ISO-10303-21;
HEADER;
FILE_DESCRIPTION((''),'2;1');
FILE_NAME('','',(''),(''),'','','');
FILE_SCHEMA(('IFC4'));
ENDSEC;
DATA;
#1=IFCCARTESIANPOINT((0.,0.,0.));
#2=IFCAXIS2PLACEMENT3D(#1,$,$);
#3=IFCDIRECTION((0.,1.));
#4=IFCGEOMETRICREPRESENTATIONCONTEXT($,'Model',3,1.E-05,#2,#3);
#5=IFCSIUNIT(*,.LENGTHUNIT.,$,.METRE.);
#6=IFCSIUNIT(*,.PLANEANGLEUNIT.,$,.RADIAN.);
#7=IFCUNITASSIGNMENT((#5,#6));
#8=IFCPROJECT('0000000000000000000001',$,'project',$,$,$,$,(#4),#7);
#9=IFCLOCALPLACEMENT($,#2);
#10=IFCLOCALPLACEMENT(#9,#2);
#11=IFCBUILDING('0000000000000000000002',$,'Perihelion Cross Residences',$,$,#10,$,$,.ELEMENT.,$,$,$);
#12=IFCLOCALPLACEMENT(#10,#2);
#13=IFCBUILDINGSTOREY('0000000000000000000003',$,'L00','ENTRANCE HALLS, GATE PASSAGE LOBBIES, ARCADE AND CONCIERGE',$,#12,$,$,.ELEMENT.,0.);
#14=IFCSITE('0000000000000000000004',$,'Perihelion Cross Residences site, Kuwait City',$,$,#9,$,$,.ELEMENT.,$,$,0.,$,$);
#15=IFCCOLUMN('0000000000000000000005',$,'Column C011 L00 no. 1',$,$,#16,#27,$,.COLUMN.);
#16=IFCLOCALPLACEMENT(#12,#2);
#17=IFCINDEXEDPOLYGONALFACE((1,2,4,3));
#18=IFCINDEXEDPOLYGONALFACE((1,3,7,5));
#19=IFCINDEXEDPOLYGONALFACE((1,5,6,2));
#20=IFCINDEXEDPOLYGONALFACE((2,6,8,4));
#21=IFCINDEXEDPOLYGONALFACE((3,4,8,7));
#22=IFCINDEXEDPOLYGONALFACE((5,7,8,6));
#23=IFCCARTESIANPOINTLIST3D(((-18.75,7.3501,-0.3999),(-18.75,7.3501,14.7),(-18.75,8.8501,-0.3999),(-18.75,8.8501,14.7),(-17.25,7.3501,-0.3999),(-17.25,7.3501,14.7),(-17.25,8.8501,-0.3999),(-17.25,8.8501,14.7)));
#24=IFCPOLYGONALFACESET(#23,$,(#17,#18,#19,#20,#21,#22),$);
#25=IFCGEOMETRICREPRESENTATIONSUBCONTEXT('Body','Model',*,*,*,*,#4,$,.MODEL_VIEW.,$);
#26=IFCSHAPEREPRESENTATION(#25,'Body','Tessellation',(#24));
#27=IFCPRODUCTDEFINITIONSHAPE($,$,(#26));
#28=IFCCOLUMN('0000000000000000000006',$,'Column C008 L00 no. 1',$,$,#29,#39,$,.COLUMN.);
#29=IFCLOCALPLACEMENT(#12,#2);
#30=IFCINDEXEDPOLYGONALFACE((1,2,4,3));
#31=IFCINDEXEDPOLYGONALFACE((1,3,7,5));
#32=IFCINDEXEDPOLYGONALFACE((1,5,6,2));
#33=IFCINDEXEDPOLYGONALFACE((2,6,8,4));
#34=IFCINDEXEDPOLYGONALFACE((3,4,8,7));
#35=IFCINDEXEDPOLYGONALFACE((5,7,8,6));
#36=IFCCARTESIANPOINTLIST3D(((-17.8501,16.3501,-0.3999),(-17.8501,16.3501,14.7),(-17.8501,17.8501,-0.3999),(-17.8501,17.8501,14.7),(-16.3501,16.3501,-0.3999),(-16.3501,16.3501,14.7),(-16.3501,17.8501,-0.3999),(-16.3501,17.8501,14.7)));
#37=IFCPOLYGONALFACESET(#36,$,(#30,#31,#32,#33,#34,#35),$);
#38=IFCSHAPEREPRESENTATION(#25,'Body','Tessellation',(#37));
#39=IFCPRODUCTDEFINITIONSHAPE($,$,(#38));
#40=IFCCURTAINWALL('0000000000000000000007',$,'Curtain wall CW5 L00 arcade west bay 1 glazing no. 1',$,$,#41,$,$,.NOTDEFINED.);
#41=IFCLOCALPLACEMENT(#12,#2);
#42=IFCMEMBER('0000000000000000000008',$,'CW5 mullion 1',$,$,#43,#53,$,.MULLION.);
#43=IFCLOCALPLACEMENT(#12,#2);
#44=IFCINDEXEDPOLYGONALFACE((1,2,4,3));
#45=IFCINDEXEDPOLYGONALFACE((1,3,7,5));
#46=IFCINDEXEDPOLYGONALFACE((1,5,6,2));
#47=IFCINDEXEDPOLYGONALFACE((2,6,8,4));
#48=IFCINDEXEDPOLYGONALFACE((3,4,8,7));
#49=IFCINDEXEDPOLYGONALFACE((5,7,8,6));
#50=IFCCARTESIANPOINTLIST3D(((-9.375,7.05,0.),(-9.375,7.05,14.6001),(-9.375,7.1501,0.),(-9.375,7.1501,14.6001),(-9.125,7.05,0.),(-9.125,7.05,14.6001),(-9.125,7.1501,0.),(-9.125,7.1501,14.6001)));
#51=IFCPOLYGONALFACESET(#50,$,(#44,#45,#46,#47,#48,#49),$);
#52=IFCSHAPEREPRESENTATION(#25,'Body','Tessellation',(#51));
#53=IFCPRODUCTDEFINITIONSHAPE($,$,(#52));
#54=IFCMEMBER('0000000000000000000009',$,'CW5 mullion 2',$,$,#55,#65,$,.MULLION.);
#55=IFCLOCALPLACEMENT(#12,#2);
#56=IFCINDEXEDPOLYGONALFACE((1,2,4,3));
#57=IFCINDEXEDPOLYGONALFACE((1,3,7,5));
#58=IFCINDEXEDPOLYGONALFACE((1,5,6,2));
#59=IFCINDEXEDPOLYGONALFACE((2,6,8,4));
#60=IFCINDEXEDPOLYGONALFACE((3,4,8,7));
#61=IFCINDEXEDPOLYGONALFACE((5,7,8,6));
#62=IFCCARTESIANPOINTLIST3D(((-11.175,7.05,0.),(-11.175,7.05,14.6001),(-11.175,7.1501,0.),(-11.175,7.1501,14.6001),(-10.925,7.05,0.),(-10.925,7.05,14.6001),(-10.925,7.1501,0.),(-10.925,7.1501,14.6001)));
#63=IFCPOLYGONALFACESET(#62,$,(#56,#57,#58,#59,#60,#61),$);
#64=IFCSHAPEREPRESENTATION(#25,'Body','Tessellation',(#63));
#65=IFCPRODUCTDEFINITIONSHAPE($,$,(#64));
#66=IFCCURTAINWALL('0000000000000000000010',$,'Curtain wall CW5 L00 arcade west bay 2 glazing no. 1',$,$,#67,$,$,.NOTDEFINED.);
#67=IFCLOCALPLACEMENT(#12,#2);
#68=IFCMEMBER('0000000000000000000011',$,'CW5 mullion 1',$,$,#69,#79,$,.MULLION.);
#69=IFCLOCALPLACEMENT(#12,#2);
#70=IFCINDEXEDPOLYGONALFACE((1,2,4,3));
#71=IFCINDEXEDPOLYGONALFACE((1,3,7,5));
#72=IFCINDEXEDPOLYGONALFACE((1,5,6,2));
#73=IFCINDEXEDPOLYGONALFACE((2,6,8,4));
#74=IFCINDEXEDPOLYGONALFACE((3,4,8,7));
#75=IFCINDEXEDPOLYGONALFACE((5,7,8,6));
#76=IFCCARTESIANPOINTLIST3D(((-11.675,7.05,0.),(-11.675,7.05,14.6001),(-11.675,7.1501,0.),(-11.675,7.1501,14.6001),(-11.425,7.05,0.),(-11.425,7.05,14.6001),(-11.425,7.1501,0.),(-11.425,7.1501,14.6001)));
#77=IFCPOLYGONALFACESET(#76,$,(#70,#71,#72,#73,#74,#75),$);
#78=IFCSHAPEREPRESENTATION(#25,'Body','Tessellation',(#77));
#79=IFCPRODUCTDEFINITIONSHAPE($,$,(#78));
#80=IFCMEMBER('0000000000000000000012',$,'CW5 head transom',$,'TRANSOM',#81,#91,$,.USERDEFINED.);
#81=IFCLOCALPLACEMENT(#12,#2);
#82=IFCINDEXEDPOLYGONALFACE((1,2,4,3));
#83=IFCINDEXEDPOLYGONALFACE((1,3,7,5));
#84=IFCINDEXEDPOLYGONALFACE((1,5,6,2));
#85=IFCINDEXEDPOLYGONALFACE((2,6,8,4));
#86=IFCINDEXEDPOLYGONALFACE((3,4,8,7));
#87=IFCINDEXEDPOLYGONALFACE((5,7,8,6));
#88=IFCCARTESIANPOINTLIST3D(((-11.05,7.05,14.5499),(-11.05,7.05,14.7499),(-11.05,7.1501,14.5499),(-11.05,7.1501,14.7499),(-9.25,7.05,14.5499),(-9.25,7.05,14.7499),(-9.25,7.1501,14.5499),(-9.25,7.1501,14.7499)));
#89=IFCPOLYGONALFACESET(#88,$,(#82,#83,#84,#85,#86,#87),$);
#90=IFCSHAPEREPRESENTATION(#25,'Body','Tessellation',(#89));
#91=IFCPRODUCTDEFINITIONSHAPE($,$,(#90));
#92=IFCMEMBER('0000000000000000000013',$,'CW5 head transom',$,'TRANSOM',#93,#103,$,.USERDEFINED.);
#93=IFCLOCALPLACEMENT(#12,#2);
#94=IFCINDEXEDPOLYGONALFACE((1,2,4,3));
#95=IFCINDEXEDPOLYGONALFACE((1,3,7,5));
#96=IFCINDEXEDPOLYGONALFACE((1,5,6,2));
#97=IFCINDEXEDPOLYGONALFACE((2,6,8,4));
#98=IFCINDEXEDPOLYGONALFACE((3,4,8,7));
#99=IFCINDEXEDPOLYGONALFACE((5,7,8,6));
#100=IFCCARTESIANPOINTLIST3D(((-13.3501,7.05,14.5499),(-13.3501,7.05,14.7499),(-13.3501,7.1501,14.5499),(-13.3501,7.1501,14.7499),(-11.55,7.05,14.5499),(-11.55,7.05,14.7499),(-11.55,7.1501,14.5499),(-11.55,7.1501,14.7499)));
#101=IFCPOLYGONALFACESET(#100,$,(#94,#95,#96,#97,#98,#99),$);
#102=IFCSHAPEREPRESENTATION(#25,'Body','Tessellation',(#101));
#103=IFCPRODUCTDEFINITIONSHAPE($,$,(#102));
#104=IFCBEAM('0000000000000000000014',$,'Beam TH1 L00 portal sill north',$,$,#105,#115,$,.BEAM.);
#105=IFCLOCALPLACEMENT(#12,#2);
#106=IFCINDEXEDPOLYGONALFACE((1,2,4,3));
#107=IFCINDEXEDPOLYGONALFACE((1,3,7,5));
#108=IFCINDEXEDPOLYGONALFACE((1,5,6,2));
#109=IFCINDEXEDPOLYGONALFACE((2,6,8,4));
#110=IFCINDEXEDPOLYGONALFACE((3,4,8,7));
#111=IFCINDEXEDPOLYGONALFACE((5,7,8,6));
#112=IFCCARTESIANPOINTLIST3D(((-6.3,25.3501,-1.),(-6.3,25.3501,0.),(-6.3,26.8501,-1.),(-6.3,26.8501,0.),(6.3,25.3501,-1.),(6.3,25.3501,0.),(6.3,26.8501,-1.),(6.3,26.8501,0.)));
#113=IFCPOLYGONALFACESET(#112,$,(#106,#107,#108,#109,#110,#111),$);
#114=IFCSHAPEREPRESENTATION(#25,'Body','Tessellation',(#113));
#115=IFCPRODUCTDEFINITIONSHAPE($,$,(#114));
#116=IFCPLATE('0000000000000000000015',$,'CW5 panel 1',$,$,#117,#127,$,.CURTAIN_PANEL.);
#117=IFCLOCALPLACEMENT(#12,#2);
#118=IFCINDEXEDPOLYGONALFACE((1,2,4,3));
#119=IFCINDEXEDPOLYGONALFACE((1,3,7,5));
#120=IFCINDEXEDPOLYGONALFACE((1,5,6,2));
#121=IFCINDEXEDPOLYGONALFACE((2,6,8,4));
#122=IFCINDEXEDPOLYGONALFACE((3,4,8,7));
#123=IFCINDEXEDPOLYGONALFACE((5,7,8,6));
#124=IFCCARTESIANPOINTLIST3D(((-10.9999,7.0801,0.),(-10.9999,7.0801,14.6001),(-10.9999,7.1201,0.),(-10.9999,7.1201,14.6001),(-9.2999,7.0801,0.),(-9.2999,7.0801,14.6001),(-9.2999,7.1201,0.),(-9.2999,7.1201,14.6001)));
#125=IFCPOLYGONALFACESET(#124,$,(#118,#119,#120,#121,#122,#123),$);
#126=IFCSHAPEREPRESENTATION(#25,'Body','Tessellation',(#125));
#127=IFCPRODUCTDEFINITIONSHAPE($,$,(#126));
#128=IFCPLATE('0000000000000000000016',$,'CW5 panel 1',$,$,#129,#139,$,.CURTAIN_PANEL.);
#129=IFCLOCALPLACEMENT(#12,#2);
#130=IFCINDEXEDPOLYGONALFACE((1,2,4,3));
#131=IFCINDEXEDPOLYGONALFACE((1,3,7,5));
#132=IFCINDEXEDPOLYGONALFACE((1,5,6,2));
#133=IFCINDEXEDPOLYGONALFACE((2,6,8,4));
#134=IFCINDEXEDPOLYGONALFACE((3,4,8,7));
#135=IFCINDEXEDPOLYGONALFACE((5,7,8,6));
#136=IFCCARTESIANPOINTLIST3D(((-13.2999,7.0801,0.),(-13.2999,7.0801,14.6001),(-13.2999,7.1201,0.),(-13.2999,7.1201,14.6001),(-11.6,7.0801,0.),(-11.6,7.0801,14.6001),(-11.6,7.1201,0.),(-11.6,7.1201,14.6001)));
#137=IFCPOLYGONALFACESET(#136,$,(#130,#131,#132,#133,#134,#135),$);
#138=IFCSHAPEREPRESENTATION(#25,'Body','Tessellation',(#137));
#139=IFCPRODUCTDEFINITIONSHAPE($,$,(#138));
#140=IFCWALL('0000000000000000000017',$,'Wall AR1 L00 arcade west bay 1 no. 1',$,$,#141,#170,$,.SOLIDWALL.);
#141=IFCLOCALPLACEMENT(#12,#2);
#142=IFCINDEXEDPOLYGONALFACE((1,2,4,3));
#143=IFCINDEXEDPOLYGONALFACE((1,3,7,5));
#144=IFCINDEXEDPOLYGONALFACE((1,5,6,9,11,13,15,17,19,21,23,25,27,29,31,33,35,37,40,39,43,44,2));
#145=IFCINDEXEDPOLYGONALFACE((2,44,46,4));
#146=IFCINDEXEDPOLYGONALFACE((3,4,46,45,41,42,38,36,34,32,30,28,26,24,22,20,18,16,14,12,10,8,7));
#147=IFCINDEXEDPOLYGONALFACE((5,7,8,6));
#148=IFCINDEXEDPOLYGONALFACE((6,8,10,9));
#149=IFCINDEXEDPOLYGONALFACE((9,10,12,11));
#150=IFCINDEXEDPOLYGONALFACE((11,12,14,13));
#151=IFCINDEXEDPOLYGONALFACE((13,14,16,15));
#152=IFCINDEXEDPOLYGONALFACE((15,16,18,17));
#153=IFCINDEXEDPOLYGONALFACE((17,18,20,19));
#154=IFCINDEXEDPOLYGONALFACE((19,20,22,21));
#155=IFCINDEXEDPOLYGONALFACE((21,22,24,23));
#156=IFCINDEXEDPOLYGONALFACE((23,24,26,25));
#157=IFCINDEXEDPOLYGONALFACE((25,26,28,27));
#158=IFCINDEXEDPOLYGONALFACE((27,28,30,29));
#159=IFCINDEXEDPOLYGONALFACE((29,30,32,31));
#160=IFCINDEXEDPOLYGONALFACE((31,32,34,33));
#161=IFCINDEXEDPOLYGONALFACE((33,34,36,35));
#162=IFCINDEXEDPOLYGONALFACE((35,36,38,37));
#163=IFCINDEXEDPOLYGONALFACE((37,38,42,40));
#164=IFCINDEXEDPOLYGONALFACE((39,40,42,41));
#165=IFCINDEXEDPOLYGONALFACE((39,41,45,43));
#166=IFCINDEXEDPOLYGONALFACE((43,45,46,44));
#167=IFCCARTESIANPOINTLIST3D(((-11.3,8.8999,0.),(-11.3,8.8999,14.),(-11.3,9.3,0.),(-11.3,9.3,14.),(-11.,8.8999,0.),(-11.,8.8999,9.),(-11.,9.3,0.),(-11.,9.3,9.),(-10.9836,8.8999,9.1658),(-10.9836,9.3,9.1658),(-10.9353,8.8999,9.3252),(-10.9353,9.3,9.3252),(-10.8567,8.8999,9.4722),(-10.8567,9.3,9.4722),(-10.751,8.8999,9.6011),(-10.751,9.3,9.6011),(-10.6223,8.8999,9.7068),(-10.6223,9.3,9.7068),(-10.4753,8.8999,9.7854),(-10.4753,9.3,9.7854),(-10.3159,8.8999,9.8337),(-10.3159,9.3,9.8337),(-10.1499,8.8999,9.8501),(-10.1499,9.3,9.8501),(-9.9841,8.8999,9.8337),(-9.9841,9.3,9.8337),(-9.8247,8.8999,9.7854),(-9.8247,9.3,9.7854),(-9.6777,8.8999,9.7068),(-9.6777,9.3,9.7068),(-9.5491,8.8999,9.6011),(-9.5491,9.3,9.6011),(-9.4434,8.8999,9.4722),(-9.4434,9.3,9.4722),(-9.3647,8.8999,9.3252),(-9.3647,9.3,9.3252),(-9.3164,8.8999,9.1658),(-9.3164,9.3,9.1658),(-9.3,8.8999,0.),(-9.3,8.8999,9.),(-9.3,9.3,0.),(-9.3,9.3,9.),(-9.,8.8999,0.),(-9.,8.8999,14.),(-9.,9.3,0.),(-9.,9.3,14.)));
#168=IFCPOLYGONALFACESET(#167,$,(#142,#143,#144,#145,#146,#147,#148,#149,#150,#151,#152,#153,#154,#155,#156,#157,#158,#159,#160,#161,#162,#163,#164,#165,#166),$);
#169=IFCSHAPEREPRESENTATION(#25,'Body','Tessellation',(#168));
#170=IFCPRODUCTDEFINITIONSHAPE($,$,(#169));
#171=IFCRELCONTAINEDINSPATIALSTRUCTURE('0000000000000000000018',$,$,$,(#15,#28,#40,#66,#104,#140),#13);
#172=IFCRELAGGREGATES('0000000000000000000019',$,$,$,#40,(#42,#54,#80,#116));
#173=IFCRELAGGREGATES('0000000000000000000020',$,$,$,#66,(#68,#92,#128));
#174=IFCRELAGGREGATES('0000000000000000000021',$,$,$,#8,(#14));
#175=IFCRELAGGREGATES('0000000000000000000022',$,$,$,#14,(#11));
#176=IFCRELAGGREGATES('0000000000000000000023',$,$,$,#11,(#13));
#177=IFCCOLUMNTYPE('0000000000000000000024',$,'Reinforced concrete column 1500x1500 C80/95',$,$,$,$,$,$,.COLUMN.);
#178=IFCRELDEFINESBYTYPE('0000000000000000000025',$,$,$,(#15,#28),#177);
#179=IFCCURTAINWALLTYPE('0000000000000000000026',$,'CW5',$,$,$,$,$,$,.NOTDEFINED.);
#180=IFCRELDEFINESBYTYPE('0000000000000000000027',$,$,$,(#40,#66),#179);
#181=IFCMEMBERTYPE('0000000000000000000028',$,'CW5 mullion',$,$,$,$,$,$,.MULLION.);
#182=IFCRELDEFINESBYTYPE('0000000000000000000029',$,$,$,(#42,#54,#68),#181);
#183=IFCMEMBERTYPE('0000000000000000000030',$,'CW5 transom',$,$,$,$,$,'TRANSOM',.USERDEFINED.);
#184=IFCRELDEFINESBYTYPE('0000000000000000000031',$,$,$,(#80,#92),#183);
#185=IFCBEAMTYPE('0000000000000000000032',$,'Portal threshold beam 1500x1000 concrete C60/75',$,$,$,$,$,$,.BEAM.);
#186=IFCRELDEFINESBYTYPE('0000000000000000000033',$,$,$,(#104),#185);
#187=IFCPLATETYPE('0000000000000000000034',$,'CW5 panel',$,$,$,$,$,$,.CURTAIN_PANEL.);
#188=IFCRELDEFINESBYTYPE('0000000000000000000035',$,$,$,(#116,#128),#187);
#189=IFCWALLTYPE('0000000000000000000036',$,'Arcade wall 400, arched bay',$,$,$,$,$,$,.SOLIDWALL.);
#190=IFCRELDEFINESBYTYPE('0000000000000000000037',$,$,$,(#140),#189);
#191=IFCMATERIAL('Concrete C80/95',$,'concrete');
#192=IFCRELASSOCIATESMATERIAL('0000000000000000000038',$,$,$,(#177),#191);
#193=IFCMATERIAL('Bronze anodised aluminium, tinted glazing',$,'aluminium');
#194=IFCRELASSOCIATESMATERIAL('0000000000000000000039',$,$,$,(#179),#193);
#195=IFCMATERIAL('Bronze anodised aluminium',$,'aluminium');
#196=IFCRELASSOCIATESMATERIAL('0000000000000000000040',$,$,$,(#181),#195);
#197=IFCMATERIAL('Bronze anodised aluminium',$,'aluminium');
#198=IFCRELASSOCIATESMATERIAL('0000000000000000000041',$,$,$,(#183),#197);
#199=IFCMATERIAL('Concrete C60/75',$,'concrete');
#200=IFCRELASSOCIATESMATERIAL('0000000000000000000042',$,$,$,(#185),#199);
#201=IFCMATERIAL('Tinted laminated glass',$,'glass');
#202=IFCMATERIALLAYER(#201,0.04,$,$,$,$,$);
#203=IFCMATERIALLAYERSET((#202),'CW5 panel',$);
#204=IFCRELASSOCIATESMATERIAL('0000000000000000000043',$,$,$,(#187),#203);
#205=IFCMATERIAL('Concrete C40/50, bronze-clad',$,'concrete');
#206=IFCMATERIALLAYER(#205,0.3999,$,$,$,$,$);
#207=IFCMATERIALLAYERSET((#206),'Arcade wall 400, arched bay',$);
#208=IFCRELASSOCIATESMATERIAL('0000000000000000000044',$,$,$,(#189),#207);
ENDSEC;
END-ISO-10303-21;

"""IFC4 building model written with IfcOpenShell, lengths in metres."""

from ifc_helpers import new_model, si_unit, direction, frame, origin, origin_2d, place, context, subcontext, project, spatial, polyline, rectangle, outline, extrude, material, layer, layer_set, material_profile, profile_set, type_object, element, aggregate, save


model = new_model("IFC4")

# Units and contexts
model_context = context("Model", 3, precision=1e-05, world=origin(), true_north=direction((0.0, 1.0)))
body_context = subcontext(model_context, "Body", "Model", "MODEL_VIEW")
ifc_project = project(units=[si_unit("LENGTHUNIT", "METRE"), si_unit("PLANEANGLEUNIT", "RADIAN")], contexts=[model_context])

# Site, building, storey
site_placement = place(None, origin())
site = spatial("IfcSite", under=ifc_project, at=site_placement, Name="Perihelion Cross Residences site, Kuwait City", CompositionType="ELEMENT", RefElevation=0.0)
building_placement = place(site_placement, origin())
building = spatial("IfcBuilding", under=site, at=building_placement, Name="Perihelion Cross Residences", CompositionType="ELEMENT")
storey_placement = place(building_placement, origin())
storey = spatial("IfcBuildingStorey", under=building, at=storey_placement, Name="L00", Description="ENTRANCE HALLS, GATE PASSAGE LOBBIES, ARCADE AND CONCIERGE", CompositionType="ELEMENT", Elevation=0.0)

# Columns
ifc_material_1 = material(Name="Concrete C80/95", Category="concrete")
ifc_material_profile_1 = material_profile(ifc_material_1, rectangle(XDim=1.5, YDim=1.5, at=origin_2d()), Name="RC 1500x1500")
ifc_profile_set_1 = profile_set([ifc_material_profile_1], Name="Concrete C80/95")
column_type = type_object("IfcColumnType", Name="Reinforced concrete column 1500x1500 C80/95", PredefinedType="COLUMN", material=ifc_profile_set_1)
for number, where, z_axis, x_axis, name in (
    (1, (-18.0, 8.1001, -0.3999), (0.0, 0.0, 1.0), (1.0, 0.0, 0.0), "Column C011 L00 no. 1"),
    (2, (-17.1001, 17.1001, -0.3999), (0.0, 0.0, 1.0), (1.0, 0.0, 0.0), "Column C008 L00 no. 1"),
):
    element("IfcColumn", number, at=place(storey_placement, frame(where, z_axis=z_axis, x_axis=x_axis)), inside=storey, type_object=column_type, Name=name, PredefinedType="COLUMN", context=body_context, shape_type="SweptSolid", body=[
        extrude(rectangle(XDim=1.5, YDim=1.5, at=origin_2d()), origin(), (0.0, 0.0, 1.0), 15.0999),
    ])

# Curtain wall, members
ifc_material_2 = material(Name="Bronze anodised aluminium, tinted glazing", Category="aluminium")
curtain_wall_type = type_object("IfcCurtainWallType", Name="CW5", PredefinedType="NOTDEFINED", material=ifc_material_2)
curtain_wall_1_placement = place(storey_placement, origin())
curtain_wall_1 = element("IfcCurtainWall", 3, at=curtain_wall_1_placement, inside=storey, type_object=curtain_wall_type, Name="Curtain wall CW5 L00 arcade west bay 1 glazing no. 1", PredefinedType="NOTDEFINED")
ifc_material_3 = material(Name="Bronze anodised aluminium", Category="aluminium")
ifc_material_profile_2 = material_profile(ifc_material_3, rectangle(XDim=0.1001, YDim=0.25, at=origin_2d()), Name="CW5 mullion")
ifc_profile_set_2 = profile_set([ifc_material_profile_2], Name="Bronze anodised aluminium")
member_type_1 = type_object("IfcMemberType", Name="CW5 mullion", PredefinedType="MULLION", material=ifc_profile_set_2)
member_1_placement = place(storey_placement, frame((-9.25, 7.1001, 0.0), z_axis=(0.0, 0.0, 1.0), x_axis=(0.0, -1.0, 0.0)))
member_1 = element("IfcMember", 4, at=member_1_placement, type_object=member_type_1, Name="CW5 mullion 1", PredefinedType="MULLION", context=body_context, shape_type="SweptSolid", body=[
    extrude(rectangle(XDim=0.1001, YDim=0.25, at=origin_2d()), origin(), (0.0, 0.0, 1.0), 14.6001),
])
member_2_placement = place(storey_placement, frame((-11.05, 7.1001, 0.0), z_axis=(0.0, 0.0, 1.0), x_axis=(0.0, -1.0, 0.0)))
member_2 = element("IfcMember", 5, at=member_2_placement, type_object=member_type_1, Name="CW5 mullion 2", PredefinedType="MULLION", context=body_context, shape_type="SweptSolid", body=[
    extrude(rectangle(XDim=0.1001, YDim=0.25, at=origin_2d()), origin(), (0.0, 0.0, 1.0), 14.6001),
])

# Curtain wall, member
curtain_wall_2_placement = place(storey_placement, origin())
curtain_wall_2 = element("IfcCurtainWall", 6, at=curtain_wall_2_placement, inside=storey, type_object=curtain_wall_type, Name="Curtain wall CW5 L00 arcade west bay 2 glazing no. 1", PredefinedType="NOTDEFINED")
member_3_placement = place(storey_placement, frame((-11.55, 7.1001, 0.0), z_axis=(0.0, 0.0, 1.0), x_axis=(0.0, -1.0, 0.0)))
member_3 = element("IfcMember", 7, at=member_3_placement, type_object=member_type_1, Name="CW5 mullion 1", PredefinedType="MULLION", context=body_context, shape_type="SweptSolid", body=[
    extrude(rectangle(XDim=0.1001, YDim=0.25, at=origin_2d()), origin(), (0.0, 0.0, 1.0), 14.6001),
])

# Members
ifc_material_4 = material(Name="Bronze anodised aluminium", Category="aluminium")
ifc_material_profile_3 = material_profile(ifc_material_4, rectangle(XDim=0.1001, YDim=0.2, at=origin_2d()), Name="CW5 transom")
ifc_profile_set_3 = profile_set([ifc_material_profile_3], Name="Bronze anodised aluminium")
member_type_2 = type_object("IfcMemberType", Name="CW5 transom", ElementType="TRANSOM", PredefinedType="USERDEFINED", material=ifc_profile_set_3)
member_4_placement = place(storey_placement, frame((-9.25, 7.1001, 14.6499), z_axis=(-1.0, 0.0, 0.0), x_axis=(0.0, -1.0, 0.0)))
member_4 = element("IfcMember", 8, at=member_4_placement, type_object=member_type_2, Name="CW5 head transom", ObjectType="TRANSOM", PredefinedType="USERDEFINED", context=body_context, shape_type="SweptSolid", body=[
    extrude(rectangle(XDim=0.1001, YDim=0.2, at=origin_2d()), origin(), (0.0, 0.0, 1.0), 1.8),
])
member_5_placement = place(storey_placement, frame((-11.55, 7.1001, 14.6499), z_axis=(-1.0, 0.0, 0.0), x_axis=(0.0, -1.0, 0.0)))
member_5 = element("IfcMember", 9, at=member_5_placement, type_object=member_type_2, Name="CW5 head transom", ObjectType="TRANSOM", PredefinedType="USERDEFINED", context=body_context, shape_type="SweptSolid", body=[
    extrude(rectangle(XDim=0.1001, YDim=0.2, at=origin_2d()), origin(), (0.0, 0.0, 1.0), 1.8),
])

# Beam
ifc_material_5 = material(Name="Concrete C60/75", Category="concrete")
ifc_material_profile_4 = material_profile(ifc_material_5, rectangle(XDim=1.5, YDim=1.0, at=origin_2d()), Name="RC 1500x1000")
ifc_profile_set_4 = profile_set([ifc_material_profile_4], Name="Concrete C60/75")
beam_type = type_object("IfcBeamType", Name="Portal threshold beam 1500x1000 concrete C60/75", PredefinedType="BEAM", material=ifc_profile_set_4)
beam_placement = place(storey_placement, frame((-6.3, 26.1001, -0.5), z_axis=(1.0, 0.0, 0.0), x_axis=(0.0, 1.0, 0.0)))
element("IfcBeam", 10, at=beam_placement, inside=storey, type_object=beam_type, Name="Beam TH1 L00 portal sill north", PredefinedType="BEAM", context=body_context, shape_type="SweptSolid", body=[
    extrude(rectangle(XDim=1.5, YDim=1.0, at=origin_2d()), origin(), (0.0, 0.0, 1.0), 12.6001),
])

# Plates
ifc_material_6 = material(Name="Tinted laminated glass", Category="glass")
ifc_layer_1 = layer(ifc_material_6, 0.04)
ifc_layer_set_1 = layer_set([ifc_layer_1], Name="CW5 panel")
plate_type = type_object("IfcPlateType", Name="CW5 panel", PredefinedType="CURTAIN_PANEL", material=ifc_layer_set_1)
plate_1_placement = place(storey_placement, frame((-10.1499, 7.1001, 0.0), z_axis=(0.0, 0.0, 1.0), x_axis=(-1.0, 0.0, 0.0)))
plate_1 = element("IfcPlate", 11, at=plate_1_placement, type_object=plate_type, Name="CW5 panel 1", PredefinedType="CURTAIN_PANEL", context=body_context, shape_type="SweptSolid", body=[
    extrude(rectangle(XDim=1.7, YDim=0.04, at=origin_2d()), origin(), (0.0, 0.0, 1.0), 14.6001),
])
aggregate(curtain_wall_1, [member_1, member_2, member_4, plate_1])
plate_2_placement = place(storey_placement, frame((-12.45, 7.1001, 0.0), z_axis=(0.0, 0.0, 1.0), x_axis=(-1.0, 0.0, 0.0)))
plate_2 = element("IfcPlate", 12, at=plate_2_placement, type_object=plate_type, Name="CW5 panel 1", PredefinedType="CURTAIN_PANEL", context=body_context, shape_type="SweptSolid", body=[
    extrude(rectangle(XDim=1.7, YDim=0.04, at=origin_2d()), origin(), (0.0, 0.0, 1.0), 14.6001),
])
aggregate(curtain_wall_2, [member_3, member_5, plate_2])

# Wall
ifc_material_7 = material(Name="Concrete C40/50, bronze-clad", Category="concrete")
ifc_layer_2 = layer(ifc_material_7, 0.3999)
ifc_layer_set_2 = layer_set([ifc_layer_2], Name="Arcade wall 400, arched bay")
wall_type_1 = type_object("IfcWallType", Name="Arcade wall 400, arched bay", PredefinedType="SOLIDWALL", material=ifc_layer_set_2)
for number, where, z_axis, x_axis, name in (
    (13, (-9.0, 8.8999, 0.0), (0.0, 1.0, 0.0), (-1.0, 0.0, 0.0), "Wall AR1 L00 arcade west bay 1 no. 1"),
):
    element("IfcWall", number, at=place(storey_placement, frame(where, z_axis=z_axis, x_axis=x_axis)), inside=storey, type_object=wall_type_1, Name=name, PredefinedType="SOLIDWALL", context=body_context, shape_type="SweptSolid", body=[
        extrude(outline(polyline([(0.0, 0.0), (0.3, 0.0), (0.3, 9.0), (0.3164, 9.1658), (0.3647, 9.3252), (0.4434, 9.4722), (0.5491, 9.6011), (0.6777, 9.7068), (0.8247, 9.7854), (0.9841, 9.8337), (1.1499, 9.8501), (1.3159, 9.8337), (1.4753, 9.7854), (1.6223, 9.7068), (1.751, 9.6011), (1.8567, 9.4722), (1.9353, 9.3252), (1.9836, 9.1658), (2.0, 9.0), (2.0, 0.0), (2.3, 0.0), (2.3, 14.0), (0.0, 14.0), (0.0, 0.0)])), origin(), (0.0, 0.0, 1.0), 0.4001),
    ])

save(model, "model.ifc")
